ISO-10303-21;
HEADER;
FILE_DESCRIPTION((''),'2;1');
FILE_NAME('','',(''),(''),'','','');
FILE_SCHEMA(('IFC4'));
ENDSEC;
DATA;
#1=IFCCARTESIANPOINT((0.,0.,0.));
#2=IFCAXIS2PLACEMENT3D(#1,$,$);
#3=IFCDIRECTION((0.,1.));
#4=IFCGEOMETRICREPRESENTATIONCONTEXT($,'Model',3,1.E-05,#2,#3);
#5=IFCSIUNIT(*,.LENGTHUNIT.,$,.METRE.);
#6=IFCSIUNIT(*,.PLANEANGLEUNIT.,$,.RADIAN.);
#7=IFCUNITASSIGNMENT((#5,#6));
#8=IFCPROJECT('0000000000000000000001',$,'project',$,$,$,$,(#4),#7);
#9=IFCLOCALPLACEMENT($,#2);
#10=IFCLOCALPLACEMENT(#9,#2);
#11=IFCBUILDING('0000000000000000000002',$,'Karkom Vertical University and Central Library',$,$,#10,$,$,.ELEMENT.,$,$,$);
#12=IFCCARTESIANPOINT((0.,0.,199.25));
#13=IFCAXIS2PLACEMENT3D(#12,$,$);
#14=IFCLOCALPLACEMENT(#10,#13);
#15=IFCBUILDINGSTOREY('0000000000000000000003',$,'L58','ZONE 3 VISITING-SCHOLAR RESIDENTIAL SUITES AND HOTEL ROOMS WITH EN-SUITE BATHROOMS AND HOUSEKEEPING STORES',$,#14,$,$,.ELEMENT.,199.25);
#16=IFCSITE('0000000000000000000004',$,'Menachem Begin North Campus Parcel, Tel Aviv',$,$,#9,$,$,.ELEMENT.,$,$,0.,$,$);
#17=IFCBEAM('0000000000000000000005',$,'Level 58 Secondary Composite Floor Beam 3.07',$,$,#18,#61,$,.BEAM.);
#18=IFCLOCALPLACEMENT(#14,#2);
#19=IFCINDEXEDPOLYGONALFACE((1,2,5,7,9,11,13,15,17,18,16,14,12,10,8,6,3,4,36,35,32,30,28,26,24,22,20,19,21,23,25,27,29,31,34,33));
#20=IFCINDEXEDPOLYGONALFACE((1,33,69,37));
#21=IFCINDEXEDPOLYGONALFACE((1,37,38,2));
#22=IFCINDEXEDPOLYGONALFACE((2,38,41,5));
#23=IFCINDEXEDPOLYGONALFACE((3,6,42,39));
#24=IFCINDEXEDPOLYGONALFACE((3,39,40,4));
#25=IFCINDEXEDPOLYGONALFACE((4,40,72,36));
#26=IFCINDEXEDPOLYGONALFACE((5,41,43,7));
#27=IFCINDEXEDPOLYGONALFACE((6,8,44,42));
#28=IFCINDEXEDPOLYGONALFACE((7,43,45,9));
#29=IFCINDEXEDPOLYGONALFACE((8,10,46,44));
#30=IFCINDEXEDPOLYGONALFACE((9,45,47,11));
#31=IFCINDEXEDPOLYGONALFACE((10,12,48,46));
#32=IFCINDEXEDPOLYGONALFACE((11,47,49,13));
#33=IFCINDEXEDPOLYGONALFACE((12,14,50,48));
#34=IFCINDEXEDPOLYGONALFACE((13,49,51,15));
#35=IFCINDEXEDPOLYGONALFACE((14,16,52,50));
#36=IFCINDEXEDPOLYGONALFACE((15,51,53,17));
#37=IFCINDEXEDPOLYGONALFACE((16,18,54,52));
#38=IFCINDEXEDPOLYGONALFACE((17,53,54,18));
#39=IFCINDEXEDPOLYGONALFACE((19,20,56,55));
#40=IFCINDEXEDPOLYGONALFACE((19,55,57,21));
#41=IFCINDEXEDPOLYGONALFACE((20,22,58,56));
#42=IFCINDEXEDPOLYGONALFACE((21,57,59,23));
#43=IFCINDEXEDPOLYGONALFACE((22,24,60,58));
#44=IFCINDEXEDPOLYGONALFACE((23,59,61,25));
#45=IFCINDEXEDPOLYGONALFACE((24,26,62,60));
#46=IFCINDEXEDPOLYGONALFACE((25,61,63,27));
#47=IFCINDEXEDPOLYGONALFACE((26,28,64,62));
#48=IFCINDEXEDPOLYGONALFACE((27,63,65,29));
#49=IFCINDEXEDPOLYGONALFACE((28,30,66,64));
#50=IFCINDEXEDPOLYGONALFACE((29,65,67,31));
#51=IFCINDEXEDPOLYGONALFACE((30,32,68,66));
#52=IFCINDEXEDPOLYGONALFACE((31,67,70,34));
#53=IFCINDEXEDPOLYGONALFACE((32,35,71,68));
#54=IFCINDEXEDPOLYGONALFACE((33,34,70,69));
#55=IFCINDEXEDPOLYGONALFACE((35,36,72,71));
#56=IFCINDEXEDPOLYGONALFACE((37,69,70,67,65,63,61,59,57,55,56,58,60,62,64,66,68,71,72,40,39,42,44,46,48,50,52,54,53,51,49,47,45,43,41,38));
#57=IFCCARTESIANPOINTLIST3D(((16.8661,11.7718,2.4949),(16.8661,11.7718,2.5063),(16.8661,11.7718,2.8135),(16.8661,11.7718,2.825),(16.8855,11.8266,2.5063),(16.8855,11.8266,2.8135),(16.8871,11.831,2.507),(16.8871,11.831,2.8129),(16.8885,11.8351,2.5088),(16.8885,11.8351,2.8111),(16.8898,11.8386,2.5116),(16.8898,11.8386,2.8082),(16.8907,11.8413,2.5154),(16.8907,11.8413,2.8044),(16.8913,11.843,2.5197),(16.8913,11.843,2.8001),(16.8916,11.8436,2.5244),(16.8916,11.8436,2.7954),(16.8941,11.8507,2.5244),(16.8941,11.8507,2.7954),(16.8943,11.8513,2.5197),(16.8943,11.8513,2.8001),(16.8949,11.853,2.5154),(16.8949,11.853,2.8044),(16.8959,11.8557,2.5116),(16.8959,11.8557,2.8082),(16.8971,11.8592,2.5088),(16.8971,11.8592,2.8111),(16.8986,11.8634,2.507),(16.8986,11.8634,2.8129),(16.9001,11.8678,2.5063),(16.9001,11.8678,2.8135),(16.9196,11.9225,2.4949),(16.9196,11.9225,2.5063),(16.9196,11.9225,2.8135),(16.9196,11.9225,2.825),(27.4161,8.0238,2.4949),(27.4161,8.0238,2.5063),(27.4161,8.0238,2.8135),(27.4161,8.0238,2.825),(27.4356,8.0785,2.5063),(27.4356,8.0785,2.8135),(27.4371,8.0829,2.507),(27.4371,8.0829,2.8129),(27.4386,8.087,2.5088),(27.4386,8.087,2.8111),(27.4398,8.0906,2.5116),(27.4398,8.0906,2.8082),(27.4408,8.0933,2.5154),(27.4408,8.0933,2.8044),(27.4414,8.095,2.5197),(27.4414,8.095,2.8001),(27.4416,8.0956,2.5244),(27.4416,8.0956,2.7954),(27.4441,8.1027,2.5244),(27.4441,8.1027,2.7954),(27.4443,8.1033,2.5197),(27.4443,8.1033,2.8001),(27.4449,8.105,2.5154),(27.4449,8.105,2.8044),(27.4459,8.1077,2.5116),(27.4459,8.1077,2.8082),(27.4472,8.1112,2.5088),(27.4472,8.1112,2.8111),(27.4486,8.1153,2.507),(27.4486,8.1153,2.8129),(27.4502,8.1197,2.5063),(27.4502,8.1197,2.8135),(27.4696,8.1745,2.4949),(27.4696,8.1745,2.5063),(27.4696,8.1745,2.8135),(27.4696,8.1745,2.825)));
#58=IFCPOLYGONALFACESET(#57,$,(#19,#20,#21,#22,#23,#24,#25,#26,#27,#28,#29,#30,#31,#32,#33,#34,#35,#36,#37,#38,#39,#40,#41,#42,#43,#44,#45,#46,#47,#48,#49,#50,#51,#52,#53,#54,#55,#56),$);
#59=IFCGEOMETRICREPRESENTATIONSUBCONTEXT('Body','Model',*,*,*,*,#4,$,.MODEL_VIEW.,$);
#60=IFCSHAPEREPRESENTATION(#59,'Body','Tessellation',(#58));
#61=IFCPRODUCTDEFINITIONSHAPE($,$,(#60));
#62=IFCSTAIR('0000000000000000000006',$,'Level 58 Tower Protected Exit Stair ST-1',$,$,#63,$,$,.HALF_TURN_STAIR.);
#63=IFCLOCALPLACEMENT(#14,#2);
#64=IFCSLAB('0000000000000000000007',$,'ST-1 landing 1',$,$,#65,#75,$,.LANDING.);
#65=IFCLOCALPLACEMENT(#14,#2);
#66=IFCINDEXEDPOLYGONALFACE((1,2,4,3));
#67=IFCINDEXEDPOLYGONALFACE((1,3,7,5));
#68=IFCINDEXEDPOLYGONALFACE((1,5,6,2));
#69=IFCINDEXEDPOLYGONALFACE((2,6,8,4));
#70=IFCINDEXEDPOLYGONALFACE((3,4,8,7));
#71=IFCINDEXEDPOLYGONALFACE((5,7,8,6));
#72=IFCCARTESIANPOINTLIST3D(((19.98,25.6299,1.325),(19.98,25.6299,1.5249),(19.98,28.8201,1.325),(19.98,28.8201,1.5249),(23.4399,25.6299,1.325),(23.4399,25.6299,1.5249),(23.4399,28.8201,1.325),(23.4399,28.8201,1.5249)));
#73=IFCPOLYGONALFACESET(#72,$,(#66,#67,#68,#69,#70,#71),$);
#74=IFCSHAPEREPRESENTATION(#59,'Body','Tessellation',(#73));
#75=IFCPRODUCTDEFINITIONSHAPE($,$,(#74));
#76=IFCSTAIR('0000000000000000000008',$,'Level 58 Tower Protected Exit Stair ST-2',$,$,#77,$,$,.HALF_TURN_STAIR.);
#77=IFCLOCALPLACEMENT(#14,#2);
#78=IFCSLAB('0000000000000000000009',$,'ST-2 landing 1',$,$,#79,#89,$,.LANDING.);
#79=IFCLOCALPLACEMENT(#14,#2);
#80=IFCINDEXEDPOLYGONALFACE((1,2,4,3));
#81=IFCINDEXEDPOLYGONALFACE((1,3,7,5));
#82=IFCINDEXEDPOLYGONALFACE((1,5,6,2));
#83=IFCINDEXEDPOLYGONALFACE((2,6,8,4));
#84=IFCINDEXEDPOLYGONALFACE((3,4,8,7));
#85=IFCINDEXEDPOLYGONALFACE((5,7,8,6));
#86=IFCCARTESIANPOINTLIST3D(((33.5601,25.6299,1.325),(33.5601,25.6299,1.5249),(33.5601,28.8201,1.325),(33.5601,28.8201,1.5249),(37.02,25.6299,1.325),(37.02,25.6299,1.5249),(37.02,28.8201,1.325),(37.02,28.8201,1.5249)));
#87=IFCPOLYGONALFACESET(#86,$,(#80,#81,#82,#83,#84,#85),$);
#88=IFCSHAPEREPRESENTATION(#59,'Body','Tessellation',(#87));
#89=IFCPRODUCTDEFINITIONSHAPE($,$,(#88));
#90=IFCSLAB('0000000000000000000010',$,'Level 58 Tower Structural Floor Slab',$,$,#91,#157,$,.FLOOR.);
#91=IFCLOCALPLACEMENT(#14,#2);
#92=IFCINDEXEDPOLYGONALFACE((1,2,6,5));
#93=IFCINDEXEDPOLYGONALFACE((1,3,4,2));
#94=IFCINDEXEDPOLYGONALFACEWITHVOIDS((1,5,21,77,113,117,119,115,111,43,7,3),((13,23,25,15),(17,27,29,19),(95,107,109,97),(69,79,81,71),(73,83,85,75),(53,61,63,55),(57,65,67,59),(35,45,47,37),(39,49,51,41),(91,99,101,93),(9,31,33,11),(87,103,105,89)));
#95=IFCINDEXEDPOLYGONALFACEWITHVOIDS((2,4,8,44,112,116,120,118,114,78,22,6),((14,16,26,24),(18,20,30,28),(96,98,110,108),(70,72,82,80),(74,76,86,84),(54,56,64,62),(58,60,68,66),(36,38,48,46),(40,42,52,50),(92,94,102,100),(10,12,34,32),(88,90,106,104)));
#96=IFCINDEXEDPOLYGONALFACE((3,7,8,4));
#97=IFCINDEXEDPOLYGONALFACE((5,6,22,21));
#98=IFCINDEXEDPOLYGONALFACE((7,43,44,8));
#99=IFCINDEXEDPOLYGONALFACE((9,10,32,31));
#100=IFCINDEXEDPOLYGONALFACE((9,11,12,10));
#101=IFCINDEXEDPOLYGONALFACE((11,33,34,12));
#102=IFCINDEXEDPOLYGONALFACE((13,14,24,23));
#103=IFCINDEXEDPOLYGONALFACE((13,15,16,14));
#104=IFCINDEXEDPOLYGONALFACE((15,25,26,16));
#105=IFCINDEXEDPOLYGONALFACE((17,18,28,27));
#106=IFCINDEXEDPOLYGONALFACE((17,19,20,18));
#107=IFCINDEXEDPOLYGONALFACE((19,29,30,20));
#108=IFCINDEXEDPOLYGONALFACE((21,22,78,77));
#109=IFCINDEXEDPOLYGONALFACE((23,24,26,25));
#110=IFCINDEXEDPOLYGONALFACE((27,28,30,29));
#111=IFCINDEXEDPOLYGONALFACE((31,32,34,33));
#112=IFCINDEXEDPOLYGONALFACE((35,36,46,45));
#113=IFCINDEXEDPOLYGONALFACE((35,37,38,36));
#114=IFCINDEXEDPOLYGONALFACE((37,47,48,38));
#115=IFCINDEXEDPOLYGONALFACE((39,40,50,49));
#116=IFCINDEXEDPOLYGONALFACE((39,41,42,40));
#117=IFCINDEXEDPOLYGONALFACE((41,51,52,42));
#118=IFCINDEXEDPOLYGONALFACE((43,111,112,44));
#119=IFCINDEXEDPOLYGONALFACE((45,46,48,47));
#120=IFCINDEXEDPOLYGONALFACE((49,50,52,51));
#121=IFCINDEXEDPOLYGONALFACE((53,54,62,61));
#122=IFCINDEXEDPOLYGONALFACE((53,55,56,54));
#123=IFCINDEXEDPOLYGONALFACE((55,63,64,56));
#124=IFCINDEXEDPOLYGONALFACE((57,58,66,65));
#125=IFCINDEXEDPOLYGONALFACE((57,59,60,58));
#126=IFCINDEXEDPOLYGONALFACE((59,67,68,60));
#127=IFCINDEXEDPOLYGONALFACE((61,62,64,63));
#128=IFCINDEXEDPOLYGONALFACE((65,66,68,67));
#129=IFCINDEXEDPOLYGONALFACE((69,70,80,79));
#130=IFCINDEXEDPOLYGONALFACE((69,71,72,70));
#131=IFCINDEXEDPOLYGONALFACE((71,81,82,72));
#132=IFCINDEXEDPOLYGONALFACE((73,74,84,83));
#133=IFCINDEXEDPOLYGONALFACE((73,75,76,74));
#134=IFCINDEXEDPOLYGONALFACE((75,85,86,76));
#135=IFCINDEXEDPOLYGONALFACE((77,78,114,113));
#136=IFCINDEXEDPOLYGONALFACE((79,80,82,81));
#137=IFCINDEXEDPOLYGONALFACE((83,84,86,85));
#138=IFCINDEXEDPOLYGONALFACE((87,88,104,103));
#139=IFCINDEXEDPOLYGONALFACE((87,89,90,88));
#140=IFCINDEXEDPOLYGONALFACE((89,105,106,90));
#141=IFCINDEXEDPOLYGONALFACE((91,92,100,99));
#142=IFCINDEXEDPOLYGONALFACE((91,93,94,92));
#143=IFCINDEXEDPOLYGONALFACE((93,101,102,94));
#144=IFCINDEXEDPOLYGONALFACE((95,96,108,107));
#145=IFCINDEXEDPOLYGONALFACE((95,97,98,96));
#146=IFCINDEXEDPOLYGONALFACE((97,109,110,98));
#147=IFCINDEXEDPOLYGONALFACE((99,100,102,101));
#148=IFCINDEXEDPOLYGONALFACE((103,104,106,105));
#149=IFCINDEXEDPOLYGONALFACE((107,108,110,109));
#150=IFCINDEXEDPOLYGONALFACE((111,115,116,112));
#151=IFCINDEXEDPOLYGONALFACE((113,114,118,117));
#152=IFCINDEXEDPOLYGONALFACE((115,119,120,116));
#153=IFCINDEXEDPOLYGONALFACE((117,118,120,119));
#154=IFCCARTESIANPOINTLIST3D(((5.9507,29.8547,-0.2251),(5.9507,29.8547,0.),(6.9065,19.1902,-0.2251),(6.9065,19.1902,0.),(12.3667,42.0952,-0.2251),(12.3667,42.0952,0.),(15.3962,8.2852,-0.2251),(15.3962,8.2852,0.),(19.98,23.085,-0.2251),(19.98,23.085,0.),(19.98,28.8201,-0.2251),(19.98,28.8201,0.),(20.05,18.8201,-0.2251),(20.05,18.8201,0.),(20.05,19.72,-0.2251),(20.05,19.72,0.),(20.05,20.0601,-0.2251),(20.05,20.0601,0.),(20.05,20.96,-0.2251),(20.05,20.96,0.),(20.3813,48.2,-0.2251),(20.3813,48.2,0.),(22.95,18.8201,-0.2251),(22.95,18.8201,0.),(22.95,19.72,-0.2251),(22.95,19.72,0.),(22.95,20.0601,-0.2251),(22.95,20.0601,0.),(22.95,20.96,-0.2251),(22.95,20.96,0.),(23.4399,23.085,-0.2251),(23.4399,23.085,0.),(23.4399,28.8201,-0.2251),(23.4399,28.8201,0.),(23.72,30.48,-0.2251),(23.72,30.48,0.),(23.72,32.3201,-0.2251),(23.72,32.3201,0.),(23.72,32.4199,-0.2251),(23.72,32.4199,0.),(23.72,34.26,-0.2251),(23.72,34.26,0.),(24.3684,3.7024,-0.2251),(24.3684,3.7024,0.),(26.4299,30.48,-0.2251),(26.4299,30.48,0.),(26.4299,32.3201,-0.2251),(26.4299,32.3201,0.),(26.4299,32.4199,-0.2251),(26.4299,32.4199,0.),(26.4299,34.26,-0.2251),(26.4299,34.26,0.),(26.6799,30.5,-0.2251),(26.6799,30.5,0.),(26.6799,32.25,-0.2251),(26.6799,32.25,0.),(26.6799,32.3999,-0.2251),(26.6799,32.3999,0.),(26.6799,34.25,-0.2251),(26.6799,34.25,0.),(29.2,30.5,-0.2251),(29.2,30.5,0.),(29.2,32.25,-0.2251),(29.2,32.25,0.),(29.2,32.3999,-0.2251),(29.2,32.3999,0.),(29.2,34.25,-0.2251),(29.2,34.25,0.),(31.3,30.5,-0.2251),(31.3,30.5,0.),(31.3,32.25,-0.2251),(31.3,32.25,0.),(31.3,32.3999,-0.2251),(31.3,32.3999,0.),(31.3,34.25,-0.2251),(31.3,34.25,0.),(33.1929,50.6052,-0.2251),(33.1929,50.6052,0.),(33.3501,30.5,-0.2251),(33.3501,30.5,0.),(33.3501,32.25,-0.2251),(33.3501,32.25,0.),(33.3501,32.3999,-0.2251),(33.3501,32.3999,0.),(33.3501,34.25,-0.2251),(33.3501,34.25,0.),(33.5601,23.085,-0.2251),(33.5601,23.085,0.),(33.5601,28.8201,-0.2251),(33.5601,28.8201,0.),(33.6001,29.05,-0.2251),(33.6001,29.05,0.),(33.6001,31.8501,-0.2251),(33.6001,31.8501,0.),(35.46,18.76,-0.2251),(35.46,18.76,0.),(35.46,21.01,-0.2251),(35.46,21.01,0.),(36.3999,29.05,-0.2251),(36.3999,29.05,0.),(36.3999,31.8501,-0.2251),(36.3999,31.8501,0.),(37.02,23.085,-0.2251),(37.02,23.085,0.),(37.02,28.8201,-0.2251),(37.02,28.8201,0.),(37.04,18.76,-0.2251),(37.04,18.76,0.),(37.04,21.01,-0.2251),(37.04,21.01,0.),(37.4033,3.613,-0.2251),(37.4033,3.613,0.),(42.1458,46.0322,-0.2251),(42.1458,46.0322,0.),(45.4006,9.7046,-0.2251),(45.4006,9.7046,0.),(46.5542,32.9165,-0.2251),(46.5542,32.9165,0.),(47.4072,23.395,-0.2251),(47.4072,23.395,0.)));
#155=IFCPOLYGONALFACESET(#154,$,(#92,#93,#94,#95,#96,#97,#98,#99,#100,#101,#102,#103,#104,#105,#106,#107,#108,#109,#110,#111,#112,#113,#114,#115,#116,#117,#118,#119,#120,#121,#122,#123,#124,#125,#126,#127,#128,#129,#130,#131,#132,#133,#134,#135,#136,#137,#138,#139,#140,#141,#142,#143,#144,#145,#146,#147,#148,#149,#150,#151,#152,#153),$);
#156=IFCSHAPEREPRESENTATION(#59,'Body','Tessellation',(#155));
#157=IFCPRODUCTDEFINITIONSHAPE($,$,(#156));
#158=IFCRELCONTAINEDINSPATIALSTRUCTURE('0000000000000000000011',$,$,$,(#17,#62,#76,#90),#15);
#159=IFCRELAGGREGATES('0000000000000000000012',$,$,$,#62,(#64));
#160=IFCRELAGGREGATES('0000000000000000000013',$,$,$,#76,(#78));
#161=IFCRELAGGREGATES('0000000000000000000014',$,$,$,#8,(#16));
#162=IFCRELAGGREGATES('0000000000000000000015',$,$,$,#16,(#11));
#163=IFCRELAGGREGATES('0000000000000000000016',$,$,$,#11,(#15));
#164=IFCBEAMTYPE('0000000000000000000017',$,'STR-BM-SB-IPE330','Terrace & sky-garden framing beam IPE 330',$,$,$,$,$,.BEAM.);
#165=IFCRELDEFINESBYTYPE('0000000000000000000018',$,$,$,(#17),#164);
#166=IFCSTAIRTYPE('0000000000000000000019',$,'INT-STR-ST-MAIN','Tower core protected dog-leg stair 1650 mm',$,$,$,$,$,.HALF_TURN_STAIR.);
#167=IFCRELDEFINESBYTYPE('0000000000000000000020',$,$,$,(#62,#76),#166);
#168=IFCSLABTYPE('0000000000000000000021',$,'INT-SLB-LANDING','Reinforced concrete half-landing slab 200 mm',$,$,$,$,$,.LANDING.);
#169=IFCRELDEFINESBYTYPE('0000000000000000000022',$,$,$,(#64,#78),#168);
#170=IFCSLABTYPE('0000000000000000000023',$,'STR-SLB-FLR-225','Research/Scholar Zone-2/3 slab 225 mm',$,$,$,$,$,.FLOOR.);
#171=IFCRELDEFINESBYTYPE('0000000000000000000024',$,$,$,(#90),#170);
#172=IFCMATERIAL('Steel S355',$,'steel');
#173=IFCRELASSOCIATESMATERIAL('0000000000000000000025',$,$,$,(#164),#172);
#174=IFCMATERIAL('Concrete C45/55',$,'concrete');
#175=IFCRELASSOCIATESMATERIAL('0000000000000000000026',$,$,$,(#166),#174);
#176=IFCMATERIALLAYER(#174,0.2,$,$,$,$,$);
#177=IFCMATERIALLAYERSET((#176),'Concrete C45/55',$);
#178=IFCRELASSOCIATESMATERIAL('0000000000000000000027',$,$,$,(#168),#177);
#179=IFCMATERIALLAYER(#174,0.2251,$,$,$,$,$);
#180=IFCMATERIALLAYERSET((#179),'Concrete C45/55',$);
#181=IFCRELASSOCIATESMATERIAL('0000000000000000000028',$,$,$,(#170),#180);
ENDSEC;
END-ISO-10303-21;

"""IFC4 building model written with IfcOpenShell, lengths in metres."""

from ifc_helpers import new_model, si_unit, direction, frame, origin, origin_with_axes, origin_2d, place, context, subcontext, project, spatial, polyline, i_section, outline, extrude, source, transform, mapped, material, layer, layer_set, material_profile, profile_set, type_object, element, aggregate, save


model = new_model("IFC4")

# Units and contexts
model_context = context("Model", 3, precision=1e-05, world=origin(), true_north=direction((0.0, 1.0)))
body_context = subcontext(model_context, "Body", "Model", "MODEL_VIEW")
ifc_project = project(units=[si_unit("LENGTHUNIT", "METRE"), si_unit("PLANEANGLEUNIT", "RADIAN")], contexts=[model_context])

# Site, building, storey
site_placement = place(None, origin())
site = spatial("IfcSite", under=ifc_project, at=site_placement, Name="Menachem Begin North Campus Parcel, Tel Aviv", CompositionType="ELEMENT", RefElevation=0.0)
building_placement = place(site_placement, origin())
building = spatial("IfcBuilding", under=site, at=building_placement, Name="Karkom Vertical University and Central Library", CompositionType="ELEMENT")
storey_placement = place(building_placement, frame((0.0, 0.0, 199.25)))
storey = spatial("IfcBuildingStorey", under=building, at=storey_placement, Name="L58", Description="ZONE 3 VISITING-SCHOLAR RESIDENTIAL SUITES AND HOTEL ROOMS WITH EN-SUITE BATHROOMS AND HOUSEKEEPING STORES", CompositionType="ELEMENT", Elevation=199.25)

# Beam
ifc_material_1 = material(Name="Steel S355", Category="steel")
ifc_material_profile_1 = material_profile(ifc_material_1, i_section(OverallWidth=0.1599, OverallDepth=0.3301, WebThickness=0.0076, FlangeThickness=0.0115, FilletRadius=0.0181, at=origin_2d()), Name="IPE 330")
ifc_profile_set_1 = profile_set([ifc_material_profile_1], Name="Steel S355")
beam_type_1 = type_object("IfcBeamType", Name="STR-BM-SB-IPE330", Description="Terrace & sky-garden framing beam IPE 330", PredefinedType="BEAM", material=ifc_profile_set_1)
shared_shape_1 = source(origin_with_axes(), body_context, "Body", "SweptSolid", [
    extrude(i_section(OverallWidth=0.1599, OverallDepth=0.3301, WebThickness=0.0076, FlangeThickness=0.0115, FilletRadius=0.0181, at=origin_2d()), origin(), (0.0, 0.0, 1.0), 11.196),
])
beam_1_placement = place(storey_placement, frame((16.8928, 11.8472, 2.6599), z_axis=(0.942302, -0.334765, 0.0), x_axis=(0.334765, 0.942302, 0.0)))
element("IfcBeam", 1, at=beam_1_placement, inside=storey, type_object=beam_type_1, Name="Level 58 Secondary Composite Floor Beam 3.07", PredefinedType="BEAM", context=body_context, shape_type="MappedRepresentation", body=[
    mapped(shared_shape_1, transform((0.0, 0.0, 0.0), scale=1.0)),
])

# Stairs, slabs
ifc_material_2 = material(Name="Concrete C45/55", Category="concrete")
stair_type = type_object("IfcStairType", Name="INT-STR-ST-MAIN", Description="Tower core protected dog-leg stair 1650 mm", PredefinedType="HALF_TURN_STAIR", material=ifc_material_2)
stair_1_placement = place(storey_placement, origin())
stair_1 = element("IfcStair", 2, at=stair_1_placement, inside=storey, type_object=stair_type, Name="Level 58 Tower Protected Exit Stair ST-1", PredefinedType="HALF_TURN_STAIR")
ifc_layer_1 = layer(ifc_material_2, 0.2)
ifc_layer_set_1 = layer_set([ifc_layer_1], Name="Concrete C45/55")
slab_type_1 = type_object("IfcSlabType", Name="INT-SLB-LANDING", Description="Reinforced concrete half-landing slab 200 mm", PredefinedType="LANDING", material=ifc_layer_set_1)
slab_1_placement = place(storey_placement, frame((0.0, 0.0, 1.325)))
slab_1 = element("IfcSlab", 3, at=slab_1_placement, type_object=slab_type_1, Name="ST-1 landing 1", PredefinedType="LANDING", context=body_context, shape_type="SweptSolid", body=[
    extrude(outline(polyline([(23.4399, 25.6299), (23.4399, 28.8201), (19.98, 28.8201), (19.98, 25.6299), (23.4399, 25.6299)])), origin(), (0.0, 0.0, 1.0), 0.2),
])
aggregate(stair_1, [slab_1])
stair_2_placement = place(storey_placement, origin())
stair_2 = element("IfcStair", 4, at=stair_2_placement, inside=storey, type_object=stair_type, Name="Level 58 Tower Protected Exit Stair ST-2", PredefinedType="HALF_TURN_STAIR")
slab_2_placement = place(storey_placement, frame((0.0, 0.0, 1.325)))
slab_2 = element("IfcSlab", 5, at=slab_2_placement, type_object=slab_type_1, Name="ST-2 landing 1", PredefinedType="LANDING", context=body_context, shape_type="SweptSolid", body=[
    extrude(outline(polyline([(37.02, 25.6299), (37.02, 28.8201), (33.5601, 28.8201), (33.5601, 25.6299), (37.02, 25.6299)])), origin(), (0.0, 0.0, 1.0), 0.2),
])
aggregate(stair_2, [slab_2])

# Slab
ifc_layer_2 = layer(ifc_material_2, 0.2251)
ifc_layer_set_2 = layer_set([ifc_layer_2], Name="Concrete C45/55")
slab_type_2 = type_object("IfcSlabType", Name="STR-SLB-FLR-225", Description="Research/Scholar Zone-2/3 slab 225 mm", PredefinedType="FLOOR", material=ifc_layer_set_2)
slab_3_placement = place(storey_placement, frame((0.0, 0.0, -0.2251)))
element("IfcSlab", 6, at=slab_3_placement, inside=storey, type_object=slab_type_2, Name="Level 58 Tower Structural Floor Slab", PredefinedType="FLOOR", context=body_context, shape_type="SweptSolid", body=[
    extrude(outline(polyline([(5.9507, 29.8547), (6.9065, 19.1902), (15.3962, 8.2852), (24.3684, 3.7024), (37.4033, 3.613), (45.4006, 9.7046), (47.4072, 23.395), (46.5542, 32.9165), (42.1458, 46.0322), (33.1929, 50.6052), (20.3813, 48.2), (12.3667, 42.0952), (5.9507, 29.8547)]), holes=[polyline([(19.98, 23.085), (23.4399, 23.085), (23.4399, 28.8201), (19.98, 28.8201), (19.98, 23.085)]), polyline([(33.5601, 23.085), (37.02, 23.085), (37.02, 28.8201), (33.5601, 28.8201), (33.5601, 23.085)]), polyline([(26.6799, 30.5), (29.2, 30.5), (29.2, 32.25), (26.6799, 32.25), (26.6799, 30.5)]), polyline([(26.6799, 32.3999), (29.2, 32.3999), (29.2, 34.25), (26.6799, 34.25), (26.6799, 32.3999)]), polyline([(31.3, 30.5), (33.3501, 30.5), (33.3501, 32.25), (31.3, 32.25), (31.3, 30.5)]), polyline([(31.3, 32.3999), (33.3501, 32.3999), (33.3501, 34.25), (31.3, 34.25), (31.3, 32.3999)]), polyline([(23.72, 30.48), (26.4299, 30.48), (26.4299, 32.3201), (23.72, 32.3201), (23.72, 30.48)]), polyline([(23.72, 32.4199), (26.4299, 32.4199), (26.4299, 34.26), (23.72, 34.26), (23.72, 32.4199)]), polyline([(33.6001, 29.05), (36.3999, 29.05), (36.3999, 31.8501), (33.6001, 31.8501), (33.6001, 29.05)]), polyline([(20.05, 18.8201), (22.95, 18.8201), (22.95, 19.72), (20.05, 19.72), (20.05, 18.8201)]), polyline([(20.05, 20.0601), (22.95, 20.0601), (22.95, 20.96), (20.05, 20.96), (20.05, 20.0601)]), polyline([(35.46, 18.76), (37.04, 18.76), (37.04, 21.01), (35.46, 21.01), (35.46, 18.76)])]), origin(), (0.0, 0.0, 1.0), 0.2251),
])

save(model, "model.ifc")
